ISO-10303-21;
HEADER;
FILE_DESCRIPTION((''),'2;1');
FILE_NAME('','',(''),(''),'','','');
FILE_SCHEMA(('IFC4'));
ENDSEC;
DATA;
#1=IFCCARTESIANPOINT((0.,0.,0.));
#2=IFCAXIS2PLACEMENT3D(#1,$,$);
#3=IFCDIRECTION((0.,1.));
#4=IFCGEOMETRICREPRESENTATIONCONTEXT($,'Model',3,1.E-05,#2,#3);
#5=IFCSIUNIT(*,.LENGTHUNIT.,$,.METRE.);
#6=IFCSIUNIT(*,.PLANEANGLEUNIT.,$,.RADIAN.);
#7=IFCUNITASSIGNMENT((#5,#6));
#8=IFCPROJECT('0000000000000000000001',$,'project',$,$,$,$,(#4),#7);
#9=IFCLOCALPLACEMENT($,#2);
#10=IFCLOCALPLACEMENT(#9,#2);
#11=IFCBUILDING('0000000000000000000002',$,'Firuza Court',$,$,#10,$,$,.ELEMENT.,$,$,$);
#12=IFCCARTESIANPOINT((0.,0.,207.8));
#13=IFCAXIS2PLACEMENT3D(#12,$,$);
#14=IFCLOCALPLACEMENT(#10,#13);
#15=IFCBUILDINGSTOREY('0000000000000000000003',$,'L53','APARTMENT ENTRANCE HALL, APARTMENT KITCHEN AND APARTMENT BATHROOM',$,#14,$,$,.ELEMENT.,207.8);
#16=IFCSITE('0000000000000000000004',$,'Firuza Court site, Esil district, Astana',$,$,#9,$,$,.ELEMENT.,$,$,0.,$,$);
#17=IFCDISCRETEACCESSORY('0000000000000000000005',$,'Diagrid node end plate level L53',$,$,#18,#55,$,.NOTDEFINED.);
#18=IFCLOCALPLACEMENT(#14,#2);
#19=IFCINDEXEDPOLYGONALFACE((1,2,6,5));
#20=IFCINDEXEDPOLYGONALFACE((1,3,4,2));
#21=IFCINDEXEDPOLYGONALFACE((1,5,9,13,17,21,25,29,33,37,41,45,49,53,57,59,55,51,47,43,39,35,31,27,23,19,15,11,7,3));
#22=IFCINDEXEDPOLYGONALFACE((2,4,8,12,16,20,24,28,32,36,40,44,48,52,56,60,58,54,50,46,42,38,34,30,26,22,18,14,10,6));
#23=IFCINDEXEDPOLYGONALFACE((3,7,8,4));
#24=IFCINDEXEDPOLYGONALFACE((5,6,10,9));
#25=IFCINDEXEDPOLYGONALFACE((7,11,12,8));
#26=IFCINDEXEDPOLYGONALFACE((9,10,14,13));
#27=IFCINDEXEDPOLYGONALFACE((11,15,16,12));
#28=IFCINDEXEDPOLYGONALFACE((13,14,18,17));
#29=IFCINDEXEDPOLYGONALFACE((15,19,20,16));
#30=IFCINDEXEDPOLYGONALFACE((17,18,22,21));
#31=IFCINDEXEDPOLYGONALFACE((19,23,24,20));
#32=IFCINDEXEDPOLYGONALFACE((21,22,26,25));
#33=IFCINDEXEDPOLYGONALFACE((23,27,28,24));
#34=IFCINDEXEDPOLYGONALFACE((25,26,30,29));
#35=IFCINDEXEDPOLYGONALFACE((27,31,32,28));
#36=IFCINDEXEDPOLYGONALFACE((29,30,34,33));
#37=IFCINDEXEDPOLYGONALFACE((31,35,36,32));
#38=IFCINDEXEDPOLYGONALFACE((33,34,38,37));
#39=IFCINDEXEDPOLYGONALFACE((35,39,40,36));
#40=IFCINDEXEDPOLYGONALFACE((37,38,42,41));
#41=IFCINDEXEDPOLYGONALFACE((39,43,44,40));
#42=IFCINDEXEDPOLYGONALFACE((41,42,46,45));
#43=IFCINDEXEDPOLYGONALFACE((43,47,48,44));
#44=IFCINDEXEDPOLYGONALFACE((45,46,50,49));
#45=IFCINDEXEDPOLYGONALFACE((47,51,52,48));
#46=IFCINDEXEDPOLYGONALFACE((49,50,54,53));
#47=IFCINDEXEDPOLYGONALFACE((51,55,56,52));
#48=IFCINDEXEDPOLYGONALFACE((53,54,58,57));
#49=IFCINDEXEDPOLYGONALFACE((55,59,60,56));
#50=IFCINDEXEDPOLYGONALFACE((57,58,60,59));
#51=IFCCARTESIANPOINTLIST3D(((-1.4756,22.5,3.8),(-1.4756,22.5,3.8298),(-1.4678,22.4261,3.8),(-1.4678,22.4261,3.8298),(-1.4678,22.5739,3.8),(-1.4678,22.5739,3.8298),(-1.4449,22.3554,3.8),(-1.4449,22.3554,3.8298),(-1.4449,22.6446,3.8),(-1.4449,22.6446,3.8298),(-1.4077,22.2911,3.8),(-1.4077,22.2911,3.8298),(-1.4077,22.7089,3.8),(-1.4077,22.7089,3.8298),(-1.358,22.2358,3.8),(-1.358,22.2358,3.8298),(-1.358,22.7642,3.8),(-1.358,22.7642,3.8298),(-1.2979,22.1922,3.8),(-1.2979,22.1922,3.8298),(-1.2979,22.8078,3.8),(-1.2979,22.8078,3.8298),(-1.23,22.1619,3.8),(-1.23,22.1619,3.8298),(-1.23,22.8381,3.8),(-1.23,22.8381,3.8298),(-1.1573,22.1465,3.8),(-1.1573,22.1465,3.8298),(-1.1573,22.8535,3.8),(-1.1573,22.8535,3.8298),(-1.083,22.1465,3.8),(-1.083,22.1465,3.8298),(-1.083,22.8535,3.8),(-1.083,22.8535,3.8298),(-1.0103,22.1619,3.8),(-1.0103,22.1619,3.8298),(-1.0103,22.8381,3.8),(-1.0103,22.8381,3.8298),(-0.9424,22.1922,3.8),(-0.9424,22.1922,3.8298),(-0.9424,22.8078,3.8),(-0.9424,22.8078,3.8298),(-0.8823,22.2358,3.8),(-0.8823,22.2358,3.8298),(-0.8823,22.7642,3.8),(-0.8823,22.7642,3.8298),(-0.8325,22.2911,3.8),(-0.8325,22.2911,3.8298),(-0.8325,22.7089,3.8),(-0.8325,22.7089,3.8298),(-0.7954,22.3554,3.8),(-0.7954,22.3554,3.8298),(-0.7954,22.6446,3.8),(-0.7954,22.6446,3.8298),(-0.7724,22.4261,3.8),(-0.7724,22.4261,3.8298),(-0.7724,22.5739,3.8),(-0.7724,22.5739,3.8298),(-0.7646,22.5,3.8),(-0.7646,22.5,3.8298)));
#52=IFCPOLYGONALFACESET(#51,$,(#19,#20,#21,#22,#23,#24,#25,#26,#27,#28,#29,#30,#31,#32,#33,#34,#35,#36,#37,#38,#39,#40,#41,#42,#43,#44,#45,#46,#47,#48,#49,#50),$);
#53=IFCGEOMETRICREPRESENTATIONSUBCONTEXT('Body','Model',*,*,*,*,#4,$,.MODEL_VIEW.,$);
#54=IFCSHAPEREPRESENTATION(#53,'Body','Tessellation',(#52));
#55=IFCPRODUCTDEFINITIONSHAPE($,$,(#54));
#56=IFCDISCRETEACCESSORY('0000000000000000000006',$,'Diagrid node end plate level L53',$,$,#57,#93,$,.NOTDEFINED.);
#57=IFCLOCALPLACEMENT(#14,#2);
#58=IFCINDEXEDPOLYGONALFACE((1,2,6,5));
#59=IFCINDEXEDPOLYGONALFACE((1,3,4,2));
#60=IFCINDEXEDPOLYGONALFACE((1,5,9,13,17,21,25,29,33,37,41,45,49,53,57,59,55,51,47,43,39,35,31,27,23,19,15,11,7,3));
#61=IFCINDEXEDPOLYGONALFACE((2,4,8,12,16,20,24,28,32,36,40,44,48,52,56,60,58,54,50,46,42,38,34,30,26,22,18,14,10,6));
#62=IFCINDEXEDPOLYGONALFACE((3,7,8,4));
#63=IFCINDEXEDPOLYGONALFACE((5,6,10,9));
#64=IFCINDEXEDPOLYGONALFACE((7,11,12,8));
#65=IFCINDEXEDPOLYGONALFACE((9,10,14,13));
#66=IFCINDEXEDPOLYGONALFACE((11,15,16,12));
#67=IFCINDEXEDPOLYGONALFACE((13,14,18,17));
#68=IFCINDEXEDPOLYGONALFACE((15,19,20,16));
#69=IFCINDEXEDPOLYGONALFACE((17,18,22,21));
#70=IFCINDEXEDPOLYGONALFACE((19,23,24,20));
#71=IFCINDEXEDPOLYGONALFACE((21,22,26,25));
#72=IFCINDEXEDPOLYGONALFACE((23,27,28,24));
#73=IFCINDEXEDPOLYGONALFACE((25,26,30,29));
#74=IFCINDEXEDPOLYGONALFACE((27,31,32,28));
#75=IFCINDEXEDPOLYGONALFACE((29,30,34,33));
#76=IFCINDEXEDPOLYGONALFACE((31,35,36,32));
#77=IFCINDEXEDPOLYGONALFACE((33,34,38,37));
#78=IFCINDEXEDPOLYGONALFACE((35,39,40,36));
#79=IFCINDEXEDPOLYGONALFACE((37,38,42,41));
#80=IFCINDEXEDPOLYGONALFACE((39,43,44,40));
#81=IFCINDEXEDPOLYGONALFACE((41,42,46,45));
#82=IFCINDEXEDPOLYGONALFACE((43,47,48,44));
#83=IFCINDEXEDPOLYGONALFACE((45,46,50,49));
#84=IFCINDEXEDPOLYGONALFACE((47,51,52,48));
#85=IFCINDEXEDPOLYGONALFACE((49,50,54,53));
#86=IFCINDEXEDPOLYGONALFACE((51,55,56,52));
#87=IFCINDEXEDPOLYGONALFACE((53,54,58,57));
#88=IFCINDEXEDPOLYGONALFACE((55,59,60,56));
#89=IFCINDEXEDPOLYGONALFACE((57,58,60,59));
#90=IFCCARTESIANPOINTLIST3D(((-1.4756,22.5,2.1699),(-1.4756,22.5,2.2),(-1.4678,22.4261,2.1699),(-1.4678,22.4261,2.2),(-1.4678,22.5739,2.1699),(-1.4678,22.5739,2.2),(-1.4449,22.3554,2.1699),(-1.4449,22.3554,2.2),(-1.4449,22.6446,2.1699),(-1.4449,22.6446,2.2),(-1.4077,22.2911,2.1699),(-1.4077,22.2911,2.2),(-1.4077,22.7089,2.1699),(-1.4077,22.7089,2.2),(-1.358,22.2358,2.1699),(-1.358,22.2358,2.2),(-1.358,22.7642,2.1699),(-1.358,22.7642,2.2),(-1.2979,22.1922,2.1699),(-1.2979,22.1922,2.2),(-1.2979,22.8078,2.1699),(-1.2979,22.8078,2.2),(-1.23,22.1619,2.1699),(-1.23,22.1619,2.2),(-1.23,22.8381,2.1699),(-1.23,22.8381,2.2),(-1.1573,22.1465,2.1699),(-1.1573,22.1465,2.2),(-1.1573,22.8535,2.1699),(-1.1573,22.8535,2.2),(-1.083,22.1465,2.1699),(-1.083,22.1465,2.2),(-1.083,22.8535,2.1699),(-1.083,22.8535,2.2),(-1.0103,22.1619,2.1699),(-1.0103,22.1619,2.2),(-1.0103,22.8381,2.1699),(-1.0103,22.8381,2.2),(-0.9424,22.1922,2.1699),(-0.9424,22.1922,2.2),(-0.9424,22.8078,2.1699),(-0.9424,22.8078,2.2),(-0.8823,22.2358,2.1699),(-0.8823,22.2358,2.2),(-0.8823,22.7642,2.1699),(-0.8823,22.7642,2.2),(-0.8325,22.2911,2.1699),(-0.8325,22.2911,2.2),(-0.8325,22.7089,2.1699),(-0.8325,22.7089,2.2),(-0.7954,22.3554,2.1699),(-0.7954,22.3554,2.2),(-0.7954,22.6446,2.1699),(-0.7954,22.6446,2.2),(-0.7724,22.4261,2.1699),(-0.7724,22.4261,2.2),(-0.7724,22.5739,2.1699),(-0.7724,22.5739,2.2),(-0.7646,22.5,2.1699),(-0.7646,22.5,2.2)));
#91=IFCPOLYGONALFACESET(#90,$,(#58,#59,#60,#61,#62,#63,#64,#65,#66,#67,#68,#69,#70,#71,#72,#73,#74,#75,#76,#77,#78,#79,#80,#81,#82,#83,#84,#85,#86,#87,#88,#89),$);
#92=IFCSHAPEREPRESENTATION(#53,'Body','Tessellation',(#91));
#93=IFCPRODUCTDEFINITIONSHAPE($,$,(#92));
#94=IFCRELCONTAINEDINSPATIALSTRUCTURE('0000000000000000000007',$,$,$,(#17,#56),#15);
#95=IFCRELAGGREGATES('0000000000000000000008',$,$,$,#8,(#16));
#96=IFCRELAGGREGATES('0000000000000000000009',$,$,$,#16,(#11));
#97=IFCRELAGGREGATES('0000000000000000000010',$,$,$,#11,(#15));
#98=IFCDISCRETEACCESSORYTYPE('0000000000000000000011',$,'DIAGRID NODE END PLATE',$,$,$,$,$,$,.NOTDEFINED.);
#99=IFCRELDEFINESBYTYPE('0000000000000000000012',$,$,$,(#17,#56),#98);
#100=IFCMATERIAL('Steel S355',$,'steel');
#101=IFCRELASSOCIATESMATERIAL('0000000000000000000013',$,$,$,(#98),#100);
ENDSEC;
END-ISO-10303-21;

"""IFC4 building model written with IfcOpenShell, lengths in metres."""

from ifc_helpers import new_model, si_unit, direction, frame, origin, origin_2d, place, context, subcontext, project, spatial, circle, extrude, material, material_profile, profile_set, type_object, element, save


model = new_model("IFC4")

# Units and contexts
model_context = context("Model", 3, precision=1e-05, world=origin(), true_north=direction((0.0, 1.0)))
body_context = subcontext(model_context, "Body", "Model", "MODEL_VIEW")
ifc_project = project(units=[si_unit("LENGTHUNIT", "METRE"), si_unit("PLANEANGLEUNIT", "RADIAN")], contexts=[model_context])

# Site, building, storey
site_placement = place(None, origin())
site = spatial("IfcSite", under=ifc_project, at=site_placement, Name="Firuza Court site, Esil district, Astana", CompositionType="ELEMENT", RefElevation=0.0)
building_placement = place(site_placement, origin())
building = spatial("IfcBuilding", under=site, at=building_placement, Name="Firuza Court", CompositionType="ELEMENT")
storey_placement = place(building_placement, frame((0.0, 0.0, 207.8)))
storey = spatial("IfcBuildingStorey", under=building, at=storey_placement, Name="L53", Description="APARTMENT ENTRANCE HALL, APARTMENT KITCHEN AND APARTMENT BATHROOM", CompositionType="ELEMENT", Elevation=207.8)

# Discrete accessories
ifc_material_1 = material(Name="Steel S355", Category="steel")
ifc_material_profile_1 = material_profile(ifc_material_1, circle(Radius=0.3555, at=origin_2d()), Name="PL D711")
ifc_profile_set_1 = profile_set([ifc_material_profile_1], Name="Steel S355")
discrete_accessory_type = type_object("IfcDiscreteAccessoryType", Name="DIAGRID NODE END PLATE", PredefinedType="NOTDEFINED", material=ifc_profile_set_1)
discrete_accessory_1_placement = place(storey_placement, frame((-1.1201, 22.5, 3.8), z_axis=(0.0, 0.0, 1.0), x_axis=(1.0, 0.0, 0.0)))
element("IfcDiscreteAccessory", 1, at=discrete_accessory_1_placement, inside=storey, type_object=discrete_accessory_type, Name="Diagrid node end plate level L53", PredefinedType="NOTDEFINED", context=body_context, shape_type="SweptSolid", body=[
    extrude(circle(Radius=0.3555, at=origin_2d()), origin(), (0.0, 0.0, 1.0), 0.0298),
])
discrete_accessory_2_placement = place(storey_placement, frame((-1.1201, 22.5, 2.1699), z_axis=(0.0, 0.0, 1.0), x_axis=(1.0, 0.0, 0.0)))
element("IfcDiscreteAccessory", 2, at=discrete_accessory_2_placement, inside=storey, type_object=discrete_accessory_type, Name="Diagrid node end plate level L53", PredefinedType="NOTDEFINED", context=body_context, shape_type="SweptSolid", body=[
    extrude(circle(Radius=0.3555, at=origin_2d()), origin(), (0.0, 0.0, 1.0), 0.03),
])

save(model, "model.ifc")
